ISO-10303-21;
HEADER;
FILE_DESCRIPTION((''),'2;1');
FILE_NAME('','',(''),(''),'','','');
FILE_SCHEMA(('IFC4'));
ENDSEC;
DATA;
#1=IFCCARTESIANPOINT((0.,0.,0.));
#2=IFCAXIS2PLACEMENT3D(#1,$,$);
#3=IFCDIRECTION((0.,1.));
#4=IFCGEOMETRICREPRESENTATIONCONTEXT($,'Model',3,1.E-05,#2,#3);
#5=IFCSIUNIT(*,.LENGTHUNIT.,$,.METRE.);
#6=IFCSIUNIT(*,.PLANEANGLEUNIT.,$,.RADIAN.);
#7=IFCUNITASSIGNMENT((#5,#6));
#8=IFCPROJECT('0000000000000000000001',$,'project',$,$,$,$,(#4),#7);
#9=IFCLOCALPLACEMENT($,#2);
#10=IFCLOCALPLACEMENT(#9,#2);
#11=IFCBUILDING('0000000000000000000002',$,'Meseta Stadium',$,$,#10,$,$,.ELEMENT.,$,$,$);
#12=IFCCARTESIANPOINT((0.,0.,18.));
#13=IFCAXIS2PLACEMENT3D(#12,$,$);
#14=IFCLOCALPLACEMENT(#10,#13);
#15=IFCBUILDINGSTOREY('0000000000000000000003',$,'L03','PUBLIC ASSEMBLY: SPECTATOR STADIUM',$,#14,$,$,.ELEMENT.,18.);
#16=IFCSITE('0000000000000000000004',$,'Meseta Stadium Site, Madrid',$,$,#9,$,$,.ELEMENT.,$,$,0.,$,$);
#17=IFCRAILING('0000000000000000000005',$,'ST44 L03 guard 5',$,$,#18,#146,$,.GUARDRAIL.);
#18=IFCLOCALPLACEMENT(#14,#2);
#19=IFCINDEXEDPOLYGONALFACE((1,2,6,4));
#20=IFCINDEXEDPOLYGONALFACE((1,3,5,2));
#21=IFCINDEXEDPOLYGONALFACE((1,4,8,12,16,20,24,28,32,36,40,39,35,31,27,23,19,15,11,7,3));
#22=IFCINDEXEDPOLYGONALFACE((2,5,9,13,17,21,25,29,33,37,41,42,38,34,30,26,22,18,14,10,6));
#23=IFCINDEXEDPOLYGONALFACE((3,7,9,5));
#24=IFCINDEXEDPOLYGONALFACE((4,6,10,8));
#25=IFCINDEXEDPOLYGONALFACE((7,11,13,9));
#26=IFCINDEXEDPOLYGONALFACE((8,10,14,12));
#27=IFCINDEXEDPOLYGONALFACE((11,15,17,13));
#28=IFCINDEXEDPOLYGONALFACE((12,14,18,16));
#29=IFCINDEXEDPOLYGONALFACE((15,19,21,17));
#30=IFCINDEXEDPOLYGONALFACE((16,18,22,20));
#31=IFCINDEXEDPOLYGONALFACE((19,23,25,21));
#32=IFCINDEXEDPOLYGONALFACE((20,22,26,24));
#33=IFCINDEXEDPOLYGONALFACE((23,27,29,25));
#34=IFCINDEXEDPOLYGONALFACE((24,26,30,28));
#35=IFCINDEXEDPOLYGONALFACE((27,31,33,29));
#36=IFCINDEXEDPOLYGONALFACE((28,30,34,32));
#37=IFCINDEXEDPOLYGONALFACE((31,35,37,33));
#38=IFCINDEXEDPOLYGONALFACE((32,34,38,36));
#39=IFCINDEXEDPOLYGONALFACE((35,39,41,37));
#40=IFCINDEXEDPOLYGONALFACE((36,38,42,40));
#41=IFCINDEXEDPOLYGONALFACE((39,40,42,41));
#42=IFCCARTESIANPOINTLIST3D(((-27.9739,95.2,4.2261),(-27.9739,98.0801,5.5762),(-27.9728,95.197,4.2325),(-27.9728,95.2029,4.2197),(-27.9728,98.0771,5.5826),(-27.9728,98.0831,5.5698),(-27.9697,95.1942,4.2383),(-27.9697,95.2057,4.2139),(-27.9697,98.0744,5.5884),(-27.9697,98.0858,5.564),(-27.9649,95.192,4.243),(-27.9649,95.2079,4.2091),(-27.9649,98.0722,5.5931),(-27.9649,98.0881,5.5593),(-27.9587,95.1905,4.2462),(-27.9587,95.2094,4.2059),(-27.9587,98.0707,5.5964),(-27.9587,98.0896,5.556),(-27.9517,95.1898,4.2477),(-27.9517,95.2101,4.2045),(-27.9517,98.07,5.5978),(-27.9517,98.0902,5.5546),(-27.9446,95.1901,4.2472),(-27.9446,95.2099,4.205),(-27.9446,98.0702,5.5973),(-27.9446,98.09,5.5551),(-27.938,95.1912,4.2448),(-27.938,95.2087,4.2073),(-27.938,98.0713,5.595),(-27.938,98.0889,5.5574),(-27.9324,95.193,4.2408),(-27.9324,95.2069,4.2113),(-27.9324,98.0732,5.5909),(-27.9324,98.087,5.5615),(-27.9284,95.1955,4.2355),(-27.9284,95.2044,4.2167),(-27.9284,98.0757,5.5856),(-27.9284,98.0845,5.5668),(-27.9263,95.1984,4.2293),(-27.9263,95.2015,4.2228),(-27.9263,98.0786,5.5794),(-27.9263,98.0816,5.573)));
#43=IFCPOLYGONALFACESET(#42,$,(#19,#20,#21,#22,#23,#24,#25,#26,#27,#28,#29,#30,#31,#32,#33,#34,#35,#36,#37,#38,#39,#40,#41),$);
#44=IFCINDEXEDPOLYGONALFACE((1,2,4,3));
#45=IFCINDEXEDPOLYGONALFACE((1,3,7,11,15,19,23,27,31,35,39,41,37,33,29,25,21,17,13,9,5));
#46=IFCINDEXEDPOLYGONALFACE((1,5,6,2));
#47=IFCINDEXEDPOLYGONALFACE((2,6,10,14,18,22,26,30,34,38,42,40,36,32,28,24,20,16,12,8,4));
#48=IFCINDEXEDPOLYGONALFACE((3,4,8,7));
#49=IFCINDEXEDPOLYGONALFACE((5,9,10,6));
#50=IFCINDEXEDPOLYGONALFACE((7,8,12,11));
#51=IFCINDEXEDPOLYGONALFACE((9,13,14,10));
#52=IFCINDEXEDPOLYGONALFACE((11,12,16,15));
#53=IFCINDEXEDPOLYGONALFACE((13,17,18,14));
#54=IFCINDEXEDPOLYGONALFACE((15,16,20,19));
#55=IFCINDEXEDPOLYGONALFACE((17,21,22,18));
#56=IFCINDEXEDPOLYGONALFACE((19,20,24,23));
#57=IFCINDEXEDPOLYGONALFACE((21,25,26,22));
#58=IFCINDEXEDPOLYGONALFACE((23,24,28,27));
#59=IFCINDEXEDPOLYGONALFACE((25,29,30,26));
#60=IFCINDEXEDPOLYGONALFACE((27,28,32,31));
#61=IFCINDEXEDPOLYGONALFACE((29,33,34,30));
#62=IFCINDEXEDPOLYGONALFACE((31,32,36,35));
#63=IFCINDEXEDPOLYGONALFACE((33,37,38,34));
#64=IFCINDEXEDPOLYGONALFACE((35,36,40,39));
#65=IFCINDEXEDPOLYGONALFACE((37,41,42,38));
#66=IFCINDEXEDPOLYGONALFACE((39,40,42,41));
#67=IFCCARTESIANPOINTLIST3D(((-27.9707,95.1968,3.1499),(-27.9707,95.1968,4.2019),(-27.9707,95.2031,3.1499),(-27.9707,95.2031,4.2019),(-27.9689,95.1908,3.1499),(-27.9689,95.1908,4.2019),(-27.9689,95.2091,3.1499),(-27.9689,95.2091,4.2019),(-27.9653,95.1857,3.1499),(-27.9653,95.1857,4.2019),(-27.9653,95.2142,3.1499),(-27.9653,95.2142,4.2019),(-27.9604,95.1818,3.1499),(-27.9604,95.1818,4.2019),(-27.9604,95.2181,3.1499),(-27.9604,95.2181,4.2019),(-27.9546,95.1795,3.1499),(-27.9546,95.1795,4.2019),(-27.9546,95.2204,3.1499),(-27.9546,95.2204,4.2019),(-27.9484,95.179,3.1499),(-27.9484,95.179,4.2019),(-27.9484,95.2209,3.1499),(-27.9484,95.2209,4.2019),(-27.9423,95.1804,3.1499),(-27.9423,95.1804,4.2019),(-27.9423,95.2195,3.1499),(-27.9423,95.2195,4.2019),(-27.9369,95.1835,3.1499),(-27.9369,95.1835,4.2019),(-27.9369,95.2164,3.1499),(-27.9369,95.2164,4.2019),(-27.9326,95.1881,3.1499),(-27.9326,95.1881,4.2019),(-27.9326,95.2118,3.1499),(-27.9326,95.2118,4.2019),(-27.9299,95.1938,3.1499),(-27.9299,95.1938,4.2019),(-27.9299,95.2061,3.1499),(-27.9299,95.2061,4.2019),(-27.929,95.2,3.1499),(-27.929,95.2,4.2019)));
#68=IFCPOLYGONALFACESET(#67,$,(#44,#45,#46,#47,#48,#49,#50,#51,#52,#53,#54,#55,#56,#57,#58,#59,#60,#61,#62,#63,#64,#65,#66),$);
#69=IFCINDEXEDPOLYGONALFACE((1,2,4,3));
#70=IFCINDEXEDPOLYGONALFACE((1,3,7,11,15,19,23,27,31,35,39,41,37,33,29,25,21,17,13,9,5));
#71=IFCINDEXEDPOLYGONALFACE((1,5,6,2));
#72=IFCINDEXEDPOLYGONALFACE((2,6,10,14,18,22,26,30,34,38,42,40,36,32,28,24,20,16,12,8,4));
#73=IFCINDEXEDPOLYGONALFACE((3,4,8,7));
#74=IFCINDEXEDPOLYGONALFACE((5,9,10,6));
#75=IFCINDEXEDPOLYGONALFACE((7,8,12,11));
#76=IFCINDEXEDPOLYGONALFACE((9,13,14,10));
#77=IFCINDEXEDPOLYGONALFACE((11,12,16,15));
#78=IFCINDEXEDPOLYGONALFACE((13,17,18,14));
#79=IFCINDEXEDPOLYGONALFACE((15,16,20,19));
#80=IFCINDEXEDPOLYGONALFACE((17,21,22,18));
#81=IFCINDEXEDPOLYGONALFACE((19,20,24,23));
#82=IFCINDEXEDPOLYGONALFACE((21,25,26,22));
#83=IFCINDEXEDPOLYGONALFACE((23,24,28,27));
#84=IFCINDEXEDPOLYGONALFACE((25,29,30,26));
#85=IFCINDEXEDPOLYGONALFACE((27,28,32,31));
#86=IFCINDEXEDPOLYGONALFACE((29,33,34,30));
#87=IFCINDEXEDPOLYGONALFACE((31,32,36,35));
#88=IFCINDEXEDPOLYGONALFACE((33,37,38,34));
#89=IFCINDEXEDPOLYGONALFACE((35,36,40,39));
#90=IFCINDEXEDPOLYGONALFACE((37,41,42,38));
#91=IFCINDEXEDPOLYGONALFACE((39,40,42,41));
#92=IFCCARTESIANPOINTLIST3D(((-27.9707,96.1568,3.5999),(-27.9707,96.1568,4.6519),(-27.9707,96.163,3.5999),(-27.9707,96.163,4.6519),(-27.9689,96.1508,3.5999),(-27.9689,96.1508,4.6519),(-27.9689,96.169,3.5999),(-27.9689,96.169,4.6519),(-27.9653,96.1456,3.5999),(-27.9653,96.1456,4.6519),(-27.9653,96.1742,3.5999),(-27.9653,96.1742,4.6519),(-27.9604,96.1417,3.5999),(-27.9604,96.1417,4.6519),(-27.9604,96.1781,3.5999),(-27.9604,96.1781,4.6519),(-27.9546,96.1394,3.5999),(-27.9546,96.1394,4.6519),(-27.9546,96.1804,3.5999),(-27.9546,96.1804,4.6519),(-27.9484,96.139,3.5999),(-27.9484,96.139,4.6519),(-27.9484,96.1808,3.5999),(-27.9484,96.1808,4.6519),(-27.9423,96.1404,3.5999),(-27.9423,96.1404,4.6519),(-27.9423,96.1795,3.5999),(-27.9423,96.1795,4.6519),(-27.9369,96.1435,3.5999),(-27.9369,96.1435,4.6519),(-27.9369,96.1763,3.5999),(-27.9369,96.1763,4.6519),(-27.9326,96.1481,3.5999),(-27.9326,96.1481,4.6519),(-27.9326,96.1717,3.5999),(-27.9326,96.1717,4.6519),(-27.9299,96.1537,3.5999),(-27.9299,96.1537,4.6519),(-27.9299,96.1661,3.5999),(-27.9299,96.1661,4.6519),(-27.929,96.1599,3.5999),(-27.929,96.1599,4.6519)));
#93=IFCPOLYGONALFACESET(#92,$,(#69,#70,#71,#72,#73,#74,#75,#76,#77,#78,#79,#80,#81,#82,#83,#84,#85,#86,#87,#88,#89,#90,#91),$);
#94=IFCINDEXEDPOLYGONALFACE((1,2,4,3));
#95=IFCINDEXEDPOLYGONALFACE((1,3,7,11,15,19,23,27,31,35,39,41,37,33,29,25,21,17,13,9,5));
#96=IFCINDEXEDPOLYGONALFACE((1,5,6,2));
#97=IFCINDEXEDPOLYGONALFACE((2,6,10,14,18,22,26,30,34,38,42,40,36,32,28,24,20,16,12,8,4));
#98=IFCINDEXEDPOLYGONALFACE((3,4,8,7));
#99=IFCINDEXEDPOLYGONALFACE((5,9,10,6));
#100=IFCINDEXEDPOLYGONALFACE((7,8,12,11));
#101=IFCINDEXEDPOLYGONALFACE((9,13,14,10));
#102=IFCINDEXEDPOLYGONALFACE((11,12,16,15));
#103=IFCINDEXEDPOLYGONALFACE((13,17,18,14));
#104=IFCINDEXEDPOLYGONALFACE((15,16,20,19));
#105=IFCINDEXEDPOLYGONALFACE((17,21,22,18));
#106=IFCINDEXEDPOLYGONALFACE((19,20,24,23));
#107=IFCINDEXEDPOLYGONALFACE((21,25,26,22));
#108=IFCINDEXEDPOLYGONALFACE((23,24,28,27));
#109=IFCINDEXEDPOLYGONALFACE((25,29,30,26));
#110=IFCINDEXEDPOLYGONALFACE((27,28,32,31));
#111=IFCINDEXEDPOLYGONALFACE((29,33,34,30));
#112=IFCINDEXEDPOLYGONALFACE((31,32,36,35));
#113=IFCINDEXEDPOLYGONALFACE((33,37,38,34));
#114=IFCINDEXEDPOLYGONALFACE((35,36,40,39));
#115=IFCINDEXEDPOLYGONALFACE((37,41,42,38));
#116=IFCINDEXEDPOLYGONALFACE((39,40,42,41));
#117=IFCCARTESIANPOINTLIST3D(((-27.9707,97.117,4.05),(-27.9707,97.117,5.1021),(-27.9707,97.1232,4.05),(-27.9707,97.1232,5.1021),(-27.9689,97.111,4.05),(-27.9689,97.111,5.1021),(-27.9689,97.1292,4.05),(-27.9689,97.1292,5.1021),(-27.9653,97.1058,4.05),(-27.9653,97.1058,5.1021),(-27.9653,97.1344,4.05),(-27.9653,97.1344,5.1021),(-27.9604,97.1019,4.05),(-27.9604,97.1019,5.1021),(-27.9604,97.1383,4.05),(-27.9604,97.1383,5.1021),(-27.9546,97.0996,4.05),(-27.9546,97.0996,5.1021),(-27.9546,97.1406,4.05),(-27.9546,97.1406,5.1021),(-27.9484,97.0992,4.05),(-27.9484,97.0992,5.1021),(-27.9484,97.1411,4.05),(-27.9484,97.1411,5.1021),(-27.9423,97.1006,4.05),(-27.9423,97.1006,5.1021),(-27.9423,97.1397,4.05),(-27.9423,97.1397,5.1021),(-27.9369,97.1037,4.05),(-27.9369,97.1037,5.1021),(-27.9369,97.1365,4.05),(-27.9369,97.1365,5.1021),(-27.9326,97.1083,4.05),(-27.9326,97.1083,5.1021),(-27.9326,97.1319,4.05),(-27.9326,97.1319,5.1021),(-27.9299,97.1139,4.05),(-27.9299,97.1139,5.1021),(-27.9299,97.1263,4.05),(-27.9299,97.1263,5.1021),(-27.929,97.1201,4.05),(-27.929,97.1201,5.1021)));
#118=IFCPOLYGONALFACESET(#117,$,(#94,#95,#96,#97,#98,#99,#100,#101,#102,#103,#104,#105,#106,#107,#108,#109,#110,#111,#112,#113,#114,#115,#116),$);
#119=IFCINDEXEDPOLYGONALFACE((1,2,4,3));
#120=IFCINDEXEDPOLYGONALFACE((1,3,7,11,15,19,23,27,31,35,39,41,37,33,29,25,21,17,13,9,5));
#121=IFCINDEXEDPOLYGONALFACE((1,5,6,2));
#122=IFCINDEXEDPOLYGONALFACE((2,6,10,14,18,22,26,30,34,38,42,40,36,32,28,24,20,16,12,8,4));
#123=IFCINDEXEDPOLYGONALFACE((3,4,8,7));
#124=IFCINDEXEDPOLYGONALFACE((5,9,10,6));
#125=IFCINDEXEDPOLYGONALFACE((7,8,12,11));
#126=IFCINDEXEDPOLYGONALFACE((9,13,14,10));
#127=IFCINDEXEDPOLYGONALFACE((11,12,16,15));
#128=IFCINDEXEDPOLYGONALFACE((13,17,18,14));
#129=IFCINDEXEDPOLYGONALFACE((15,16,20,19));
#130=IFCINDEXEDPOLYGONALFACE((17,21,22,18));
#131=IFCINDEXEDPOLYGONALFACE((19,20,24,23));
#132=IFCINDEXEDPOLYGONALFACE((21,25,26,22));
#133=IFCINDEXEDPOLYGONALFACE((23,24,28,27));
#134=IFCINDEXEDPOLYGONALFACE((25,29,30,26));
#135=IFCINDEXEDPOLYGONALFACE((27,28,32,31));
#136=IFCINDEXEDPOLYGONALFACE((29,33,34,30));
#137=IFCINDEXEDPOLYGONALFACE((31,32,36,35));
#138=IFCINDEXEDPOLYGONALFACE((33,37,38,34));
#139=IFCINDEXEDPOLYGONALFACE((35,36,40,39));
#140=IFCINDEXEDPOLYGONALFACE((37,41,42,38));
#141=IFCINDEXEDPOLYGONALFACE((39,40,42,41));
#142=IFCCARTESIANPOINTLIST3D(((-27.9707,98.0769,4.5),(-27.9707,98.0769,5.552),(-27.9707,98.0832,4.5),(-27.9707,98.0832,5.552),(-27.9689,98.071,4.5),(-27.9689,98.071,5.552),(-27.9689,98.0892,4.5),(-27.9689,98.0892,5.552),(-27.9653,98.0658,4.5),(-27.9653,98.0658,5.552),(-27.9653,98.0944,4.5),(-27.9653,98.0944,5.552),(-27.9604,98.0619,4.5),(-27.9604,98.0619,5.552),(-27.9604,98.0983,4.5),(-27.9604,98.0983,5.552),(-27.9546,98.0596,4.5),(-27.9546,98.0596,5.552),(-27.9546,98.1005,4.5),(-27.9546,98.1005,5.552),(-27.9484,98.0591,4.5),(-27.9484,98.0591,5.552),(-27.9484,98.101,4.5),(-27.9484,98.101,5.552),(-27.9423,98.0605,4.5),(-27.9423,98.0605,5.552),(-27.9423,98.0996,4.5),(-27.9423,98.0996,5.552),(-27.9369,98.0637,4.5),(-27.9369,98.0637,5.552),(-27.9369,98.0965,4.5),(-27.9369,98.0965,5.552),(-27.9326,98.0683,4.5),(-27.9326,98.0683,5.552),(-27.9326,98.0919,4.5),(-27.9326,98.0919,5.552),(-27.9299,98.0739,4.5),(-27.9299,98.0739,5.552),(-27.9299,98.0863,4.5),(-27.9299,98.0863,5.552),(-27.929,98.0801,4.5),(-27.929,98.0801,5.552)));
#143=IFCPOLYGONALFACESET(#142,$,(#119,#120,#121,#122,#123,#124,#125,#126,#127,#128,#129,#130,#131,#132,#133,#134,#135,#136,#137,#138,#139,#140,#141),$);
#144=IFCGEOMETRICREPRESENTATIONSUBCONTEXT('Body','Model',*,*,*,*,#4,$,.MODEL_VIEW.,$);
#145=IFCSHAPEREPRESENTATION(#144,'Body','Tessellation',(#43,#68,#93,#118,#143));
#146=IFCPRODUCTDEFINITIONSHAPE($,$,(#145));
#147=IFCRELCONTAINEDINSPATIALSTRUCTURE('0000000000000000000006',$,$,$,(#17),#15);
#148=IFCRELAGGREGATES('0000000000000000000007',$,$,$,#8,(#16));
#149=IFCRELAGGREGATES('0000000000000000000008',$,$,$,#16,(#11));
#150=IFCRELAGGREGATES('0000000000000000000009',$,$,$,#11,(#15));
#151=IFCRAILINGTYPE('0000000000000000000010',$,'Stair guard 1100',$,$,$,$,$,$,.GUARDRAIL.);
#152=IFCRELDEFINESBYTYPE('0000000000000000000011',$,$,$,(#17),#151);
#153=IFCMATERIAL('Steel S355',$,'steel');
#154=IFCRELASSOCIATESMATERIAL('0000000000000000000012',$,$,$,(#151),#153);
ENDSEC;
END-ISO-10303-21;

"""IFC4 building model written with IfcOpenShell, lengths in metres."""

from ifc_helpers import new_model, si_unit, direction, frame, origin, origin_2d, place, context, subcontext, project, spatial, circle, extrude, material, type_object, element, save


model = new_model("IFC4")

# Units and contexts
model_context = context("Model", 3, precision=1e-05, world=origin(), true_north=direction((0.0, 1.0)))
body_context = subcontext(model_context, "Body", "Model", "MODEL_VIEW")
ifc_project = project(units=[si_unit("LENGTHUNIT", "METRE"), si_unit("PLANEANGLEUNIT", "RADIAN")], contexts=[model_context])

# Site, building, storey
site_placement = place(None, origin())
site = spatial("IfcSite", under=ifc_project, at=site_placement, Name="Meseta Stadium Site, Madrid", CompositionType="ELEMENT", RefElevation=0.0)
building_placement = place(site_placement, origin())
building = spatial("IfcBuilding", under=site, at=building_placement, Name="Meseta Stadium", CompositionType="ELEMENT")
storey_placement = place(building_placement, frame((0.0, 0.0, 18.0)))
storey = spatial("IfcBuildingStorey", under=building, at=storey_placement, Name="L03", Description="PUBLIC ASSEMBLY: SPECTATOR STADIUM", CompositionType="ELEMENT", Elevation=18.0)

# Railing
ifc_material_1 = material(Name="Steel S355", Category="steel")
railing_type_1 = type_object("IfcRailingType", Name="Stair guard 1100", PredefinedType="GUARDRAIL", material=ifc_material_1)
railing_1_placement = place(storey_placement, frame((-27.95, 95.2, 3.1499)))
element("IfcRailing", 1, at=railing_1_placement, inside=storey, type_object=railing_type_1, Name="ST44 L03 guard 5", PredefinedType="GUARDRAIL", context=body_context, shape_type="SweptSolid", body=[
    extrude(circle(Radius=0.0239, at=origin_2d()), frame((0.0, 0.0, 1.0762), z_axis=(0.0, 0.905454, 0.424444), x_axis=(-1.0, 0.0, 0.0)), (0.0, 0.0, 1.0), 3.1809),
    extrude(circle(Radius=0.021, at=origin_2d()), origin(), (0.0, 0.0, 1.0), 1.052),
    extrude(circle(Radius=0.021, at=origin_2d()), frame((0.0, 0.96, 0.45)), (0.0, 0.0, 1.0), 1.052),
    extrude(circle(Radius=0.021, at=origin_2d()), frame((0.0, 1.9202, 0.9001)), (0.0, 0.0, 1.0), 1.052),
    extrude(circle(Radius=0.021, at=origin_2d()), frame((0.0, 2.8801, 1.3501)), (0.0, 0.0, 1.0), 1.052),
])

save(model, "model.ifc")
